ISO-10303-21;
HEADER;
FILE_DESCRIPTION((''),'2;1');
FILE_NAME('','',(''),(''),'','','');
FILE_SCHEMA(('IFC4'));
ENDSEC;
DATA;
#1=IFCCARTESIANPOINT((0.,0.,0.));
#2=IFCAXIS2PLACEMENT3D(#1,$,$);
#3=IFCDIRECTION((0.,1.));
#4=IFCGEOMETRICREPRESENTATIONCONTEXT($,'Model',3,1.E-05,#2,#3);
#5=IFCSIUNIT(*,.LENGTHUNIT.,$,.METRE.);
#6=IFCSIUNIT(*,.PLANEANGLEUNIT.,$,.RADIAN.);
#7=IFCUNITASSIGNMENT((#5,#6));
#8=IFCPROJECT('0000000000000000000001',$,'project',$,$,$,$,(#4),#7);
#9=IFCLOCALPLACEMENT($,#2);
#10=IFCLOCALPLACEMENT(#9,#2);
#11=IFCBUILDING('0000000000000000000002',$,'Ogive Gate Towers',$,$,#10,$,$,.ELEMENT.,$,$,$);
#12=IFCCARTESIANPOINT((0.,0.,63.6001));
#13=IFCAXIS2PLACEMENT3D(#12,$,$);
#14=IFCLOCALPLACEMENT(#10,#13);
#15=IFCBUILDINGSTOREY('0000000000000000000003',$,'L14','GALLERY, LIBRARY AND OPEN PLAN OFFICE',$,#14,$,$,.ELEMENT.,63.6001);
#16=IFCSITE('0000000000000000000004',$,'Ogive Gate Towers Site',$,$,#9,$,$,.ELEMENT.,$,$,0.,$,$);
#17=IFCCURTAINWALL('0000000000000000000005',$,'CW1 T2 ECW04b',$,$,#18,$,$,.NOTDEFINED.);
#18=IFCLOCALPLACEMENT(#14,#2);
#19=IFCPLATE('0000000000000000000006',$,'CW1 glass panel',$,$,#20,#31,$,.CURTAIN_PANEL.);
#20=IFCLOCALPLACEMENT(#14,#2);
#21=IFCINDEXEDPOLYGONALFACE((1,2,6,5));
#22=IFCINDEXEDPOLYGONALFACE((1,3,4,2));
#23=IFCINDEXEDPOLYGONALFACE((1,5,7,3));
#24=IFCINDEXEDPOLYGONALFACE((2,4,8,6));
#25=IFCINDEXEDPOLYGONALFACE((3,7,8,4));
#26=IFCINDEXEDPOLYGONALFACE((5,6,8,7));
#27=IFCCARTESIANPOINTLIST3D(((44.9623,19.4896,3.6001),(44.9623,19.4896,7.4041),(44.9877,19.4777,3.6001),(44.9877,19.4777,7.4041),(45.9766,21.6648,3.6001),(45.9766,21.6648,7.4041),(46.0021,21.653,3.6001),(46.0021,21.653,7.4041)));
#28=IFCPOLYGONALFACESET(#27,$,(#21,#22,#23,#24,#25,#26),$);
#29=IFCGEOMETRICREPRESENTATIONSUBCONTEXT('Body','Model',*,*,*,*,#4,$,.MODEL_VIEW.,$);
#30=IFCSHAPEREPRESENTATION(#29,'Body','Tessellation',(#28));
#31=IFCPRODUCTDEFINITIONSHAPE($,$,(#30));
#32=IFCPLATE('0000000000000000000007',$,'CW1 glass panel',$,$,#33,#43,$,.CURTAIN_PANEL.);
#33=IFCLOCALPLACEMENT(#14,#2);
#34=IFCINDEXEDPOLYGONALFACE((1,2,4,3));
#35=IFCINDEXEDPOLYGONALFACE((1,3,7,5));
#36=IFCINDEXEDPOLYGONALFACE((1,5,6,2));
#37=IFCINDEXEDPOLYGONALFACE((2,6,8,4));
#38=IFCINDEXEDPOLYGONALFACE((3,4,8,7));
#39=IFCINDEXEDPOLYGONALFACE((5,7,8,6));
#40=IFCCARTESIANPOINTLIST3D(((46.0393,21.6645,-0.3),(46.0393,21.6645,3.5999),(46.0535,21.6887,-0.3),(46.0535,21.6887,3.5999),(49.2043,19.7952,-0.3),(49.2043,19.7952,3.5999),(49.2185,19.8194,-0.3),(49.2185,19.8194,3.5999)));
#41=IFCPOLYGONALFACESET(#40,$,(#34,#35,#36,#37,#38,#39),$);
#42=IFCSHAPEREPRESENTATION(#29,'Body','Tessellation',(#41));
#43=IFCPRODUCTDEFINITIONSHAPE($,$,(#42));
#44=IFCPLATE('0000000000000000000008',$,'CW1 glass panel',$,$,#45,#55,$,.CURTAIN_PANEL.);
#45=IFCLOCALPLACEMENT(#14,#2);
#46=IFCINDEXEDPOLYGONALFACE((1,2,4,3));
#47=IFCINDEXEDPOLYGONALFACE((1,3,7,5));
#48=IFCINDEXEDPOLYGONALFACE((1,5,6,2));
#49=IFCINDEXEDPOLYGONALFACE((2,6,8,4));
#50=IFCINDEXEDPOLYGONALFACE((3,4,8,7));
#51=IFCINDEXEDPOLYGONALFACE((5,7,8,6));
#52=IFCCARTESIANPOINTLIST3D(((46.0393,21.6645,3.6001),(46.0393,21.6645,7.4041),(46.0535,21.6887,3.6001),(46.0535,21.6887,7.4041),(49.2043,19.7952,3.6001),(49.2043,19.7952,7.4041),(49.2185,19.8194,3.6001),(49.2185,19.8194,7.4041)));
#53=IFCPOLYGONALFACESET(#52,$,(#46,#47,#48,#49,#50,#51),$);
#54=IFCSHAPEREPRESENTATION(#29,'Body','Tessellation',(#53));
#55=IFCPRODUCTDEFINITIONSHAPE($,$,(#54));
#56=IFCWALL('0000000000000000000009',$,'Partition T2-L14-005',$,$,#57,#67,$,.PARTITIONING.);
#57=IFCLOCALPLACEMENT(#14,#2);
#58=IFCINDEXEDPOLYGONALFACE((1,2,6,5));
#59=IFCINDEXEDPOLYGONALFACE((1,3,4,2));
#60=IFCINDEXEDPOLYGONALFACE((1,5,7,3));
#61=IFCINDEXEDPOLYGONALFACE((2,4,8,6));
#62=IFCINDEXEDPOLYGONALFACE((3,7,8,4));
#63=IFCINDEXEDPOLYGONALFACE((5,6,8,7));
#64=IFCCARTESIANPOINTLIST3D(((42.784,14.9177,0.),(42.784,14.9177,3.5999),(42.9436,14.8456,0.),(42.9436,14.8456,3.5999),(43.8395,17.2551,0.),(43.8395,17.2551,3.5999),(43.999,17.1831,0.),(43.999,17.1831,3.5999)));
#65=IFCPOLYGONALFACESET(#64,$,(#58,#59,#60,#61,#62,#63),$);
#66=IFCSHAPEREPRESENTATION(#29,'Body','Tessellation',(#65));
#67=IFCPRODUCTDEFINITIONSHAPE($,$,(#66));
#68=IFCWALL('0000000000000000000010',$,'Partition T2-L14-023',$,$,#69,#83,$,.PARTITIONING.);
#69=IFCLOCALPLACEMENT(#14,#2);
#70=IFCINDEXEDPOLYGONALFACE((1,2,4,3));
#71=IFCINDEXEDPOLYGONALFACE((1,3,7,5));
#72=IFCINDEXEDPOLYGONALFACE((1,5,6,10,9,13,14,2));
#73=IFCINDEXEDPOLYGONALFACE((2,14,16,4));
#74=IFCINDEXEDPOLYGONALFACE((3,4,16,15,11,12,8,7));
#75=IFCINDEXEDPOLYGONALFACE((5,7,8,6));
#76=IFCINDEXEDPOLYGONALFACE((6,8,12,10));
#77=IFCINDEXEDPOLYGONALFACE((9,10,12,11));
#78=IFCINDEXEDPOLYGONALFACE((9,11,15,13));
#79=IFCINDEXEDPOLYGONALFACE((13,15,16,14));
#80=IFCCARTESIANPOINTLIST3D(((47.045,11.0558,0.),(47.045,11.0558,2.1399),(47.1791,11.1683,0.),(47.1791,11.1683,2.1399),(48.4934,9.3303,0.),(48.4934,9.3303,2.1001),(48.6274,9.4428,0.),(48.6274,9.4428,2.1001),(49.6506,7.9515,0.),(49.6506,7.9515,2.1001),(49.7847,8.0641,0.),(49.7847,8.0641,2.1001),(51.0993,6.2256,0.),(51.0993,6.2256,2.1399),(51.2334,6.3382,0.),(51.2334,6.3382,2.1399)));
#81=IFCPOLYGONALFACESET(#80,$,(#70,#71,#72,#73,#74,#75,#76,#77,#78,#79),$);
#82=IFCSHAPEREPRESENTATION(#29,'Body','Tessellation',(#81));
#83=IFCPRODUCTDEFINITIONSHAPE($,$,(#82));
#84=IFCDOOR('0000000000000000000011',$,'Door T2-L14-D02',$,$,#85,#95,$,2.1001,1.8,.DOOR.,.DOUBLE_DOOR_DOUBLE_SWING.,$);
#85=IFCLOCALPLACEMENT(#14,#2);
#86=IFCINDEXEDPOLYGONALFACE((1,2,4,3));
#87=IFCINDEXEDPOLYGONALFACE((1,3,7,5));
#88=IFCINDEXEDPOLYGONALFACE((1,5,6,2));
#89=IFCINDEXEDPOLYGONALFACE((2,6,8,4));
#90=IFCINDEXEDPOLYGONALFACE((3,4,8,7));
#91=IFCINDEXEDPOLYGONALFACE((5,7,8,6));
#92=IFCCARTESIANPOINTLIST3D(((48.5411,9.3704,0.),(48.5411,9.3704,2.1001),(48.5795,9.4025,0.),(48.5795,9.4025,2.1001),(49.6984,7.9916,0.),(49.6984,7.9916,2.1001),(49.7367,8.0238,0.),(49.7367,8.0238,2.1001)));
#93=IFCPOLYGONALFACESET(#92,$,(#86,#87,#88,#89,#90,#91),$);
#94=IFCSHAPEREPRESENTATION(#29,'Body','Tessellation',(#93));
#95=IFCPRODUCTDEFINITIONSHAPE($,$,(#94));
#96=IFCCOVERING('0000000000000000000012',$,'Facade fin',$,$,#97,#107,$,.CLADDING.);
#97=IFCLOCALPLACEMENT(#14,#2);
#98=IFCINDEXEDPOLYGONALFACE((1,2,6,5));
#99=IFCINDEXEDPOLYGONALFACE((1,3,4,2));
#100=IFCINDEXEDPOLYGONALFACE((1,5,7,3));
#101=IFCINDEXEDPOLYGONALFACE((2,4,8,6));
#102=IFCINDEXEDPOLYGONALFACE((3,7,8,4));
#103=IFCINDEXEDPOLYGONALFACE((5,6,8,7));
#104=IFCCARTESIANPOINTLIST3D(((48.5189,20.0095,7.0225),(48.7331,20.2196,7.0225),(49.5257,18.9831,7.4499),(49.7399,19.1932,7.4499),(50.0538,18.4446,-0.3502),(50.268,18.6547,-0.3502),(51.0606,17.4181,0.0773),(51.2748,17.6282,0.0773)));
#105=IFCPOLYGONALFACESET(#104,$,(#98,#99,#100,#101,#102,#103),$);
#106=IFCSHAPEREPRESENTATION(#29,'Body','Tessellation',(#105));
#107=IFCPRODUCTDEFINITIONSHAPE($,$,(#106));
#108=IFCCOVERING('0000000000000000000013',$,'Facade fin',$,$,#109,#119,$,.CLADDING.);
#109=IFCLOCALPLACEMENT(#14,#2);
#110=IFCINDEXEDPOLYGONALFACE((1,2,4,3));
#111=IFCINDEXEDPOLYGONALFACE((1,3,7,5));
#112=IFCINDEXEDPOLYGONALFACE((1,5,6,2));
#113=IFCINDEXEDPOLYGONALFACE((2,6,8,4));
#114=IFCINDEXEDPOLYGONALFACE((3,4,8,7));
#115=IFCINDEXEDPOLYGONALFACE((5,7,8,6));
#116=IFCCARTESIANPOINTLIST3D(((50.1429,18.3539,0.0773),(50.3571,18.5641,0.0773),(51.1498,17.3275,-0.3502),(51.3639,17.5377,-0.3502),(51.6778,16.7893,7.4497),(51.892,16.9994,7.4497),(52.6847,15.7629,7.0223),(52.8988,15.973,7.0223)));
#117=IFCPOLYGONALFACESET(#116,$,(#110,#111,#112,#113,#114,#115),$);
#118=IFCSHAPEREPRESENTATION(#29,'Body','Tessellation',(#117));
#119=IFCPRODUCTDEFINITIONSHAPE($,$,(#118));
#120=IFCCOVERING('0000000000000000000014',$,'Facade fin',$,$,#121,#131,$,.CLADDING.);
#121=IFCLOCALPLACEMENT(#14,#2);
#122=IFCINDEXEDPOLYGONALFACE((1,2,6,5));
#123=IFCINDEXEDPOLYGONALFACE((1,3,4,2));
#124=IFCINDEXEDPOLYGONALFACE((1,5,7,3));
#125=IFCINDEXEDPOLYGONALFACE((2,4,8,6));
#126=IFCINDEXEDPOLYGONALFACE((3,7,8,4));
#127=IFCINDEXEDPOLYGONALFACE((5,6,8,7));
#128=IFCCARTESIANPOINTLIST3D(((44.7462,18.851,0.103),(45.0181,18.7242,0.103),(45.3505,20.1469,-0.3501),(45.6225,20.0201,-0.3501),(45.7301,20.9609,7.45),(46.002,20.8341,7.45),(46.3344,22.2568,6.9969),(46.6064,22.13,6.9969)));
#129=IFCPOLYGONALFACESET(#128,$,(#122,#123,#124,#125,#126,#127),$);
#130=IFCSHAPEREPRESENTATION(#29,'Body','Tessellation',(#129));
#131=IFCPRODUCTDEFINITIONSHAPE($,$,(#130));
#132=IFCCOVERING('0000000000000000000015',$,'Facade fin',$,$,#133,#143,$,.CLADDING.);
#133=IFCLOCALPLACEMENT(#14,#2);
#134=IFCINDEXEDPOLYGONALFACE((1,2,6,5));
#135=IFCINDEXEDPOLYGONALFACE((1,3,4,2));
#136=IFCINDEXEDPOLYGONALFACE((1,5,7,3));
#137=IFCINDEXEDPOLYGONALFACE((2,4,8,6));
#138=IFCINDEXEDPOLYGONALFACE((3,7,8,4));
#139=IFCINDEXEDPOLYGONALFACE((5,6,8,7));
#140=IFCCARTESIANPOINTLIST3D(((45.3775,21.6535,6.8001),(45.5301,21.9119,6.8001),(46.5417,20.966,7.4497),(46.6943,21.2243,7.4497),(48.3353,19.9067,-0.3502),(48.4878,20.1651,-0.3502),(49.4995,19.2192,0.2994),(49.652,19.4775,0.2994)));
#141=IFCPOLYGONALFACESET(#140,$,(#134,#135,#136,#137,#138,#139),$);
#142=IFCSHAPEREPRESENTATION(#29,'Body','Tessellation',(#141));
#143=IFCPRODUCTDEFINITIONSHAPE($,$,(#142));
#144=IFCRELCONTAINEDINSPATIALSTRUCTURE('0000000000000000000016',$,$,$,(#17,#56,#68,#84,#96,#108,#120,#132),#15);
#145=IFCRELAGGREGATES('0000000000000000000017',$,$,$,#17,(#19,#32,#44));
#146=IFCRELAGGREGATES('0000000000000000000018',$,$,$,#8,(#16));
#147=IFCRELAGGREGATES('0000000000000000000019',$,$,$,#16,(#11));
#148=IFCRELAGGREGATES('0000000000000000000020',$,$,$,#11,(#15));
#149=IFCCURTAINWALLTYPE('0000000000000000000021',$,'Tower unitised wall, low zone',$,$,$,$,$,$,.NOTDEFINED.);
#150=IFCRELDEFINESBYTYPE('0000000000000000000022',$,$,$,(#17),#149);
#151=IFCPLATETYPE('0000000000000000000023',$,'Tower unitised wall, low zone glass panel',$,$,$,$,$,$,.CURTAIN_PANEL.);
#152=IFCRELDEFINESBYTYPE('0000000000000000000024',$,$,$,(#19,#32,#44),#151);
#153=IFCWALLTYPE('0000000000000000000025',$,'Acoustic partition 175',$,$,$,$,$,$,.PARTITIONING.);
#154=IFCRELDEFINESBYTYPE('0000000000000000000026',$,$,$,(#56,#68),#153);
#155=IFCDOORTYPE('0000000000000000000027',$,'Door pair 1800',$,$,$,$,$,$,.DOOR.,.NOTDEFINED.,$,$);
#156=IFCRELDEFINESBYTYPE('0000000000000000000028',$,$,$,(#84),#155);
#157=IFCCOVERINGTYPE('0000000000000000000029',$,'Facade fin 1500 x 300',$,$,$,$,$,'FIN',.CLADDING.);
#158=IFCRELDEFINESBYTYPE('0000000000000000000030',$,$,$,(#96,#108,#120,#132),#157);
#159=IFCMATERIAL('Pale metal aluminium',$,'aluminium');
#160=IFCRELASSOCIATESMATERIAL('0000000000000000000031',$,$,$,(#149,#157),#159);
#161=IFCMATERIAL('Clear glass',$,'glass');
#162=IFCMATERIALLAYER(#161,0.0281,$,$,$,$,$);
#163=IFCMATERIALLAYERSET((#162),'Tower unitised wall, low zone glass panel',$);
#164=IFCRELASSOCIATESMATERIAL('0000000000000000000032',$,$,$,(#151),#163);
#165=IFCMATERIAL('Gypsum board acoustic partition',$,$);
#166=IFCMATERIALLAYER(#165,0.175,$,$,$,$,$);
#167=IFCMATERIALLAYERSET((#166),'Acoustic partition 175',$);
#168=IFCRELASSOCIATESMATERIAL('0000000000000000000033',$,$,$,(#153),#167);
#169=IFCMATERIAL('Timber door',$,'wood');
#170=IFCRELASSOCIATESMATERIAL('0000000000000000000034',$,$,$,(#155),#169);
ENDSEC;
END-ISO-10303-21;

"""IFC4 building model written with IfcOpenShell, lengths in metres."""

from ifc_helpers import new_model, si_unit, direction, frame, frame_2d, origin, origin_2d, place, context, subcontext, project, spatial, rectangle, extrude, material, layer, layer_set, material_profile, profile_set, type_object, element, fill, aggregate, save


model = new_model("IFC4")

# Units and contexts
model_context = context("Model", 3, precision=1e-05, world=origin(), true_north=direction((0.0, 1.0)))
body_context = subcontext(model_context, "Body", "Model", "MODEL_VIEW")
ifc_project = project(units=[si_unit("LENGTHUNIT", "METRE"), si_unit("PLANEANGLEUNIT", "RADIAN")], contexts=[model_context])

# Site, building, storey
site_placement = place(None, origin())
site = spatial("IfcSite", under=ifc_project, at=site_placement, Name="Ogive Gate Towers Site", CompositionType="ELEMENT", RefElevation=0.0)
building_placement = place(site_placement, origin())
building = spatial("IfcBuilding", under=site, at=building_placement, Name="Ogive Gate Towers", CompositionType="ELEMENT")
storey_placement = place(building_placement, frame((0.0, 0.0, 63.6001)))
storey = spatial("IfcBuildingStorey", under=building, at=storey_placement, Name="L14", Description="GALLERY, LIBRARY AND OPEN PLAN OFFICE", CompositionType="ELEMENT", Elevation=63.6001)

# Curtain wall
ifc_material_1 = material(Name="Pale metal aluminium", Category="aluminium")
curtain_wall_type_1 = type_object("IfcCurtainWallType", Name="Tower unitised wall, low zone", PredefinedType="NOTDEFINED", material=ifc_material_1)
curtain_wall_1_placement = place(storey_placement, origin())
curtain_wall_1 = element("IfcCurtainWall", 1, at=curtain_wall_1_placement, inside=storey, type_object=curtain_wall_type_1, Name="CW1 T2 ECW04b", PredefinedType="NOTDEFINED")

# Plates
ifc_material_2 = material(Name="Clear glass", Category="glass")
ifc_layer_1 = layer(ifc_material_2, 0.0281)
ifc_layer_set_1 = layer_set([ifc_layer_1], Name="Tower unitised wall, low zone glass panel")
plate_type_1 = type_object("IfcPlateType", Name="Tower unitised wall, low zone glass panel", PredefinedType="CURTAIN_PANEL", material=ifc_layer_set_1)
plate_1_placement = place(storey_placement, frame((45.4822, 20.5713, 3.6001), z_axis=(0.0, 0.0, 1.0), x_axis=(0.422634, 0.9063, 0.0)))
plate_1 = element("IfcPlate", 2, at=plate_1_placement, type_object=plate_type_1, Name="CW1 glass panel", PredefinedType="CURTAIN_PANEL", context=body_context, shape_type="SweptSolid", body=[
    extrude(rectangle(XDim=2.4001, YDim=0.0281, at=origin_2d()), origin(), (0.0, 0.0, 1.0), 3.804),
])
plate_2_placement = place(storey_placement, frame((47.6289, 20.7419, -0.3), z_axis=(0.0, 0.0, 1.0), x_axis=(0.861044, -0.508531, 0.0)))
plate_2 = element("IfcPlate", 3, at=plate_2_placement, type_object=plate_type_1, Name="CW1 glass panel", PredefinedType="CURTAIN_PANEL", context=body_context, shape_type="SweptSolid", body=[
    extrude(rectangle(XDim=3.6758, YDim=0.0281, at=origin_2d()), origin(), (0.0, 0.0, 1.0), 3.8999),
])
plate_3_placement = place(storey_placement, frame((47.6289, 20.7419, 3.6001), z_axis=(0.0, 0.0, 1.0), x_axis=(0.861044, -0.508531, 0.0)))
plate_3 = element("IfcPlate", 4, at=plate_3_placement, type_object=plate_type_1, Name="CW1 glass panel", PredefinedType="CURTAIN_PANEL", context=body_context, shape_type="SweptSolid", body=[
    extrude(rectangle(XDim=3.6758, YDim=0.0281, at=origin_2d()), origin(), (0.0, 0.0, 1.0), 3.804),
])
aggregate(curtain_wall_1, [plate_1, plate_2, plate_3])

# Wall
ifc_material_3 = material(Name="Gypsum board acoustic partition")
ifc_layer_2 = layer(ifc_material_3, 0.175)
ifc_layer_set_2 = layer_set([ifc_layer_2], Name="Acoustic partition 175")
wall_type = type_object("IfcWallType", Name="Acoustic partition 175", PredefinedType="PARTITIONING", material=ifc_layer_set_2)
wall_1_placement = place(storey_placement, frame((43.9192, 17.219, 0.0), z_axis=(0.0, 0.0, 1.0), x_axis=(-0.411528, -0.911397, 0.0)))
element("IfcWall", 5, at=wall_1_placement, inside=storey, type_object=wall_type, Name="Partition T2-L14-005", PredefinedType="PARTITIONING", context=body_context, shape_type="SweptSolid", body=[
    extrude(rectangle(XDim=2.5647, YDim=0.175, at=frame_2d((1.2822, 0.0))), origin(), (0.0, 0.0, 1.0), 3.5999),
])

# Wall, opening, door
wall_2_placement = place(storey_placement, frame((47.1121, 11.1121, 0.0), z_axis=(0.0, 0.0, 1.0), x_axis=(0.642907, -0.765944, 0.0)))
wall_2 = element("IfcWall", 6, at=wall_2_placement, inside=storey, type_object=wall_type, Name="Partition T2-L14-023", PredefinedType="PARTITIONING", context=body_context, shape_type="SweptSolid", body=[
    extrude(rectangle(XDim=6.3062, YDim=0.175, at=frame_2d((3.1531, 0.0))), origin(), (0.0, 0.0, 1.0), 2.1399),
])
opening_placement = place(wall_2_placement, frame((2.2529, 0.0, 0.0)))
opening = element("IfcOpeningElement", 7, at=opening_placement, cuts=wall_2, PredefinedType="OPENING", context=body_context, shape_type="SweptSolid", body=[
    extrude(rectangle(XDim=1.8, YDim=2.1001, at=frame_2d((0.8999, 1.05))), frame((0.0, 0.0977, 0.0), z_axis=(0.0, -1.0, 0.0), x_axis=(1.0, 0.0, 0.0)), (0.0, 0.0, 1.0), 0.1951),
])
ifc_material_4 = material(Name="Timber door", Category="wood")
door_type = type_object("IfcDoorType", Name="Door pair 1800", OperationType="NOTDEFINED", PredefinedType="DOOR", material=ifc_material_4)
door_placement = place(opening_placement, origin())
door = element("IfcDoor", 8, at=door_placement, inside=storey, type_object=door_type, Name="Door T2-L14-D02", OperationType="DOUBLE_DOOR_DOUBLE_SWING", OverallHeight=2.1001, OverallWidth=1.8, PredefinedType="DOOR", context=body_context, shape_type="SweptSolid", body=[
    extrude(rectangle(XDim=1.8, YDim=2.1001, at=frame_2d((0.8999, 1.05))), frame((0.0, 0.0249, 0.0), z_axis=(0.0, -1.0, 0.0), x_axis=(1.0, 0.0, 0.0)), (0.0, 0.0, 1.0), 0.05),
])
fill(opening, door)

# Coverings
ifc_material_profile_1 = material_profile(ifc_material_1, rectangle(XDim=0.3, YDim=1.5, at=origin_2d()), Name="1500 x 300 pale metal aluminium")
ifc_profile_set_1 = profile_set([ifc_material_profile_1], Name="Pale metal aluminium")
covering_type = type_object("IfcCoveringType", Name="Facade fin 1500 x 300", ElementType="FIN", PredefinedType="CLADDING", material=ifc_profile_set_1)
covering_1_placement = place(storey_placement, frame((50.6643, 18.0364, -0.1365), z_axis=(-0.199559, 0.203463, 0.95853), x_axis=(-0.713923, -0.700224, 0.0)))
element("IfcCovering", 9, at=covering_1_placement, inside=storey, type_object=covering_type, Name="Facade fin", PredefinedType="CLADDING", context=body_context, shape_type="SweptSolid", body=[
    extrude(rectangle(XDim=0.3, YDim=1.5, at=origin_2d()), origin(), (0.0, 0.0, 1.0), 7.6917),
])
covering_2_placement = place(storey_placement, frame((50.7534, 17.9458, -0.1365), z_axis=(0.19956, -0.203433, 0.958536), x_axis=(0.713869, 0.70028, 0.0)))
element("IfcCovering", 10, at=covering_2_placement, inside=storey, type_object=covering_type, Name="Facade fin", PredefinedType="CLADDING", context=body_context, shape_type="SweptSolid", body=[
    extrude(rectangle(XDim=0.3, YDim=1.5, at=origin_2d()), origin(), (0.0, 0.0, 1.0), 7.6914),
])
covering_3_placement = place(storey_placement, frame((45.1843, 19.4355, -0.1235), z_axis=(0.127663, 0.273762, 0.953287), x_axis=(-0.906301, 0.422633, 0.0)))
element("IfcCovering", 11, at=covering_3_placement, inside=storey, type_object=covering_type, Name="Facade fin", PredefinedType="CLADDING", context=body_context, shape_type="SweptSolid", body=[
    extrude(rectangle(XDim=0.3, YDim=1.5, at=origin_2d()), origin(), (0.0, 0.0, 1.0), 7.707),
])
covering_4_placement = place(storey_placement, frame((48.9937, 19.6921, -0.0254), z_axis=(-0.372857, 0.220206, 0.901381), x_axis=(-0.508526, -0.861047, 0.0)))
element("IfcCovering", 12, at=covering_4_placement, inside=storey, type_object=covering_type, Name="Facade fin", PredefinedType="CLADDING", context=body_context, shape_type="SweptSolid", body=[
    extrude(rectangle(XDim=0.3, YDim=1.5, at=origin_2d()), origin(), (0.0, 0.0, 1.0), 7.9326),
])

save(model, "model.ifc")
